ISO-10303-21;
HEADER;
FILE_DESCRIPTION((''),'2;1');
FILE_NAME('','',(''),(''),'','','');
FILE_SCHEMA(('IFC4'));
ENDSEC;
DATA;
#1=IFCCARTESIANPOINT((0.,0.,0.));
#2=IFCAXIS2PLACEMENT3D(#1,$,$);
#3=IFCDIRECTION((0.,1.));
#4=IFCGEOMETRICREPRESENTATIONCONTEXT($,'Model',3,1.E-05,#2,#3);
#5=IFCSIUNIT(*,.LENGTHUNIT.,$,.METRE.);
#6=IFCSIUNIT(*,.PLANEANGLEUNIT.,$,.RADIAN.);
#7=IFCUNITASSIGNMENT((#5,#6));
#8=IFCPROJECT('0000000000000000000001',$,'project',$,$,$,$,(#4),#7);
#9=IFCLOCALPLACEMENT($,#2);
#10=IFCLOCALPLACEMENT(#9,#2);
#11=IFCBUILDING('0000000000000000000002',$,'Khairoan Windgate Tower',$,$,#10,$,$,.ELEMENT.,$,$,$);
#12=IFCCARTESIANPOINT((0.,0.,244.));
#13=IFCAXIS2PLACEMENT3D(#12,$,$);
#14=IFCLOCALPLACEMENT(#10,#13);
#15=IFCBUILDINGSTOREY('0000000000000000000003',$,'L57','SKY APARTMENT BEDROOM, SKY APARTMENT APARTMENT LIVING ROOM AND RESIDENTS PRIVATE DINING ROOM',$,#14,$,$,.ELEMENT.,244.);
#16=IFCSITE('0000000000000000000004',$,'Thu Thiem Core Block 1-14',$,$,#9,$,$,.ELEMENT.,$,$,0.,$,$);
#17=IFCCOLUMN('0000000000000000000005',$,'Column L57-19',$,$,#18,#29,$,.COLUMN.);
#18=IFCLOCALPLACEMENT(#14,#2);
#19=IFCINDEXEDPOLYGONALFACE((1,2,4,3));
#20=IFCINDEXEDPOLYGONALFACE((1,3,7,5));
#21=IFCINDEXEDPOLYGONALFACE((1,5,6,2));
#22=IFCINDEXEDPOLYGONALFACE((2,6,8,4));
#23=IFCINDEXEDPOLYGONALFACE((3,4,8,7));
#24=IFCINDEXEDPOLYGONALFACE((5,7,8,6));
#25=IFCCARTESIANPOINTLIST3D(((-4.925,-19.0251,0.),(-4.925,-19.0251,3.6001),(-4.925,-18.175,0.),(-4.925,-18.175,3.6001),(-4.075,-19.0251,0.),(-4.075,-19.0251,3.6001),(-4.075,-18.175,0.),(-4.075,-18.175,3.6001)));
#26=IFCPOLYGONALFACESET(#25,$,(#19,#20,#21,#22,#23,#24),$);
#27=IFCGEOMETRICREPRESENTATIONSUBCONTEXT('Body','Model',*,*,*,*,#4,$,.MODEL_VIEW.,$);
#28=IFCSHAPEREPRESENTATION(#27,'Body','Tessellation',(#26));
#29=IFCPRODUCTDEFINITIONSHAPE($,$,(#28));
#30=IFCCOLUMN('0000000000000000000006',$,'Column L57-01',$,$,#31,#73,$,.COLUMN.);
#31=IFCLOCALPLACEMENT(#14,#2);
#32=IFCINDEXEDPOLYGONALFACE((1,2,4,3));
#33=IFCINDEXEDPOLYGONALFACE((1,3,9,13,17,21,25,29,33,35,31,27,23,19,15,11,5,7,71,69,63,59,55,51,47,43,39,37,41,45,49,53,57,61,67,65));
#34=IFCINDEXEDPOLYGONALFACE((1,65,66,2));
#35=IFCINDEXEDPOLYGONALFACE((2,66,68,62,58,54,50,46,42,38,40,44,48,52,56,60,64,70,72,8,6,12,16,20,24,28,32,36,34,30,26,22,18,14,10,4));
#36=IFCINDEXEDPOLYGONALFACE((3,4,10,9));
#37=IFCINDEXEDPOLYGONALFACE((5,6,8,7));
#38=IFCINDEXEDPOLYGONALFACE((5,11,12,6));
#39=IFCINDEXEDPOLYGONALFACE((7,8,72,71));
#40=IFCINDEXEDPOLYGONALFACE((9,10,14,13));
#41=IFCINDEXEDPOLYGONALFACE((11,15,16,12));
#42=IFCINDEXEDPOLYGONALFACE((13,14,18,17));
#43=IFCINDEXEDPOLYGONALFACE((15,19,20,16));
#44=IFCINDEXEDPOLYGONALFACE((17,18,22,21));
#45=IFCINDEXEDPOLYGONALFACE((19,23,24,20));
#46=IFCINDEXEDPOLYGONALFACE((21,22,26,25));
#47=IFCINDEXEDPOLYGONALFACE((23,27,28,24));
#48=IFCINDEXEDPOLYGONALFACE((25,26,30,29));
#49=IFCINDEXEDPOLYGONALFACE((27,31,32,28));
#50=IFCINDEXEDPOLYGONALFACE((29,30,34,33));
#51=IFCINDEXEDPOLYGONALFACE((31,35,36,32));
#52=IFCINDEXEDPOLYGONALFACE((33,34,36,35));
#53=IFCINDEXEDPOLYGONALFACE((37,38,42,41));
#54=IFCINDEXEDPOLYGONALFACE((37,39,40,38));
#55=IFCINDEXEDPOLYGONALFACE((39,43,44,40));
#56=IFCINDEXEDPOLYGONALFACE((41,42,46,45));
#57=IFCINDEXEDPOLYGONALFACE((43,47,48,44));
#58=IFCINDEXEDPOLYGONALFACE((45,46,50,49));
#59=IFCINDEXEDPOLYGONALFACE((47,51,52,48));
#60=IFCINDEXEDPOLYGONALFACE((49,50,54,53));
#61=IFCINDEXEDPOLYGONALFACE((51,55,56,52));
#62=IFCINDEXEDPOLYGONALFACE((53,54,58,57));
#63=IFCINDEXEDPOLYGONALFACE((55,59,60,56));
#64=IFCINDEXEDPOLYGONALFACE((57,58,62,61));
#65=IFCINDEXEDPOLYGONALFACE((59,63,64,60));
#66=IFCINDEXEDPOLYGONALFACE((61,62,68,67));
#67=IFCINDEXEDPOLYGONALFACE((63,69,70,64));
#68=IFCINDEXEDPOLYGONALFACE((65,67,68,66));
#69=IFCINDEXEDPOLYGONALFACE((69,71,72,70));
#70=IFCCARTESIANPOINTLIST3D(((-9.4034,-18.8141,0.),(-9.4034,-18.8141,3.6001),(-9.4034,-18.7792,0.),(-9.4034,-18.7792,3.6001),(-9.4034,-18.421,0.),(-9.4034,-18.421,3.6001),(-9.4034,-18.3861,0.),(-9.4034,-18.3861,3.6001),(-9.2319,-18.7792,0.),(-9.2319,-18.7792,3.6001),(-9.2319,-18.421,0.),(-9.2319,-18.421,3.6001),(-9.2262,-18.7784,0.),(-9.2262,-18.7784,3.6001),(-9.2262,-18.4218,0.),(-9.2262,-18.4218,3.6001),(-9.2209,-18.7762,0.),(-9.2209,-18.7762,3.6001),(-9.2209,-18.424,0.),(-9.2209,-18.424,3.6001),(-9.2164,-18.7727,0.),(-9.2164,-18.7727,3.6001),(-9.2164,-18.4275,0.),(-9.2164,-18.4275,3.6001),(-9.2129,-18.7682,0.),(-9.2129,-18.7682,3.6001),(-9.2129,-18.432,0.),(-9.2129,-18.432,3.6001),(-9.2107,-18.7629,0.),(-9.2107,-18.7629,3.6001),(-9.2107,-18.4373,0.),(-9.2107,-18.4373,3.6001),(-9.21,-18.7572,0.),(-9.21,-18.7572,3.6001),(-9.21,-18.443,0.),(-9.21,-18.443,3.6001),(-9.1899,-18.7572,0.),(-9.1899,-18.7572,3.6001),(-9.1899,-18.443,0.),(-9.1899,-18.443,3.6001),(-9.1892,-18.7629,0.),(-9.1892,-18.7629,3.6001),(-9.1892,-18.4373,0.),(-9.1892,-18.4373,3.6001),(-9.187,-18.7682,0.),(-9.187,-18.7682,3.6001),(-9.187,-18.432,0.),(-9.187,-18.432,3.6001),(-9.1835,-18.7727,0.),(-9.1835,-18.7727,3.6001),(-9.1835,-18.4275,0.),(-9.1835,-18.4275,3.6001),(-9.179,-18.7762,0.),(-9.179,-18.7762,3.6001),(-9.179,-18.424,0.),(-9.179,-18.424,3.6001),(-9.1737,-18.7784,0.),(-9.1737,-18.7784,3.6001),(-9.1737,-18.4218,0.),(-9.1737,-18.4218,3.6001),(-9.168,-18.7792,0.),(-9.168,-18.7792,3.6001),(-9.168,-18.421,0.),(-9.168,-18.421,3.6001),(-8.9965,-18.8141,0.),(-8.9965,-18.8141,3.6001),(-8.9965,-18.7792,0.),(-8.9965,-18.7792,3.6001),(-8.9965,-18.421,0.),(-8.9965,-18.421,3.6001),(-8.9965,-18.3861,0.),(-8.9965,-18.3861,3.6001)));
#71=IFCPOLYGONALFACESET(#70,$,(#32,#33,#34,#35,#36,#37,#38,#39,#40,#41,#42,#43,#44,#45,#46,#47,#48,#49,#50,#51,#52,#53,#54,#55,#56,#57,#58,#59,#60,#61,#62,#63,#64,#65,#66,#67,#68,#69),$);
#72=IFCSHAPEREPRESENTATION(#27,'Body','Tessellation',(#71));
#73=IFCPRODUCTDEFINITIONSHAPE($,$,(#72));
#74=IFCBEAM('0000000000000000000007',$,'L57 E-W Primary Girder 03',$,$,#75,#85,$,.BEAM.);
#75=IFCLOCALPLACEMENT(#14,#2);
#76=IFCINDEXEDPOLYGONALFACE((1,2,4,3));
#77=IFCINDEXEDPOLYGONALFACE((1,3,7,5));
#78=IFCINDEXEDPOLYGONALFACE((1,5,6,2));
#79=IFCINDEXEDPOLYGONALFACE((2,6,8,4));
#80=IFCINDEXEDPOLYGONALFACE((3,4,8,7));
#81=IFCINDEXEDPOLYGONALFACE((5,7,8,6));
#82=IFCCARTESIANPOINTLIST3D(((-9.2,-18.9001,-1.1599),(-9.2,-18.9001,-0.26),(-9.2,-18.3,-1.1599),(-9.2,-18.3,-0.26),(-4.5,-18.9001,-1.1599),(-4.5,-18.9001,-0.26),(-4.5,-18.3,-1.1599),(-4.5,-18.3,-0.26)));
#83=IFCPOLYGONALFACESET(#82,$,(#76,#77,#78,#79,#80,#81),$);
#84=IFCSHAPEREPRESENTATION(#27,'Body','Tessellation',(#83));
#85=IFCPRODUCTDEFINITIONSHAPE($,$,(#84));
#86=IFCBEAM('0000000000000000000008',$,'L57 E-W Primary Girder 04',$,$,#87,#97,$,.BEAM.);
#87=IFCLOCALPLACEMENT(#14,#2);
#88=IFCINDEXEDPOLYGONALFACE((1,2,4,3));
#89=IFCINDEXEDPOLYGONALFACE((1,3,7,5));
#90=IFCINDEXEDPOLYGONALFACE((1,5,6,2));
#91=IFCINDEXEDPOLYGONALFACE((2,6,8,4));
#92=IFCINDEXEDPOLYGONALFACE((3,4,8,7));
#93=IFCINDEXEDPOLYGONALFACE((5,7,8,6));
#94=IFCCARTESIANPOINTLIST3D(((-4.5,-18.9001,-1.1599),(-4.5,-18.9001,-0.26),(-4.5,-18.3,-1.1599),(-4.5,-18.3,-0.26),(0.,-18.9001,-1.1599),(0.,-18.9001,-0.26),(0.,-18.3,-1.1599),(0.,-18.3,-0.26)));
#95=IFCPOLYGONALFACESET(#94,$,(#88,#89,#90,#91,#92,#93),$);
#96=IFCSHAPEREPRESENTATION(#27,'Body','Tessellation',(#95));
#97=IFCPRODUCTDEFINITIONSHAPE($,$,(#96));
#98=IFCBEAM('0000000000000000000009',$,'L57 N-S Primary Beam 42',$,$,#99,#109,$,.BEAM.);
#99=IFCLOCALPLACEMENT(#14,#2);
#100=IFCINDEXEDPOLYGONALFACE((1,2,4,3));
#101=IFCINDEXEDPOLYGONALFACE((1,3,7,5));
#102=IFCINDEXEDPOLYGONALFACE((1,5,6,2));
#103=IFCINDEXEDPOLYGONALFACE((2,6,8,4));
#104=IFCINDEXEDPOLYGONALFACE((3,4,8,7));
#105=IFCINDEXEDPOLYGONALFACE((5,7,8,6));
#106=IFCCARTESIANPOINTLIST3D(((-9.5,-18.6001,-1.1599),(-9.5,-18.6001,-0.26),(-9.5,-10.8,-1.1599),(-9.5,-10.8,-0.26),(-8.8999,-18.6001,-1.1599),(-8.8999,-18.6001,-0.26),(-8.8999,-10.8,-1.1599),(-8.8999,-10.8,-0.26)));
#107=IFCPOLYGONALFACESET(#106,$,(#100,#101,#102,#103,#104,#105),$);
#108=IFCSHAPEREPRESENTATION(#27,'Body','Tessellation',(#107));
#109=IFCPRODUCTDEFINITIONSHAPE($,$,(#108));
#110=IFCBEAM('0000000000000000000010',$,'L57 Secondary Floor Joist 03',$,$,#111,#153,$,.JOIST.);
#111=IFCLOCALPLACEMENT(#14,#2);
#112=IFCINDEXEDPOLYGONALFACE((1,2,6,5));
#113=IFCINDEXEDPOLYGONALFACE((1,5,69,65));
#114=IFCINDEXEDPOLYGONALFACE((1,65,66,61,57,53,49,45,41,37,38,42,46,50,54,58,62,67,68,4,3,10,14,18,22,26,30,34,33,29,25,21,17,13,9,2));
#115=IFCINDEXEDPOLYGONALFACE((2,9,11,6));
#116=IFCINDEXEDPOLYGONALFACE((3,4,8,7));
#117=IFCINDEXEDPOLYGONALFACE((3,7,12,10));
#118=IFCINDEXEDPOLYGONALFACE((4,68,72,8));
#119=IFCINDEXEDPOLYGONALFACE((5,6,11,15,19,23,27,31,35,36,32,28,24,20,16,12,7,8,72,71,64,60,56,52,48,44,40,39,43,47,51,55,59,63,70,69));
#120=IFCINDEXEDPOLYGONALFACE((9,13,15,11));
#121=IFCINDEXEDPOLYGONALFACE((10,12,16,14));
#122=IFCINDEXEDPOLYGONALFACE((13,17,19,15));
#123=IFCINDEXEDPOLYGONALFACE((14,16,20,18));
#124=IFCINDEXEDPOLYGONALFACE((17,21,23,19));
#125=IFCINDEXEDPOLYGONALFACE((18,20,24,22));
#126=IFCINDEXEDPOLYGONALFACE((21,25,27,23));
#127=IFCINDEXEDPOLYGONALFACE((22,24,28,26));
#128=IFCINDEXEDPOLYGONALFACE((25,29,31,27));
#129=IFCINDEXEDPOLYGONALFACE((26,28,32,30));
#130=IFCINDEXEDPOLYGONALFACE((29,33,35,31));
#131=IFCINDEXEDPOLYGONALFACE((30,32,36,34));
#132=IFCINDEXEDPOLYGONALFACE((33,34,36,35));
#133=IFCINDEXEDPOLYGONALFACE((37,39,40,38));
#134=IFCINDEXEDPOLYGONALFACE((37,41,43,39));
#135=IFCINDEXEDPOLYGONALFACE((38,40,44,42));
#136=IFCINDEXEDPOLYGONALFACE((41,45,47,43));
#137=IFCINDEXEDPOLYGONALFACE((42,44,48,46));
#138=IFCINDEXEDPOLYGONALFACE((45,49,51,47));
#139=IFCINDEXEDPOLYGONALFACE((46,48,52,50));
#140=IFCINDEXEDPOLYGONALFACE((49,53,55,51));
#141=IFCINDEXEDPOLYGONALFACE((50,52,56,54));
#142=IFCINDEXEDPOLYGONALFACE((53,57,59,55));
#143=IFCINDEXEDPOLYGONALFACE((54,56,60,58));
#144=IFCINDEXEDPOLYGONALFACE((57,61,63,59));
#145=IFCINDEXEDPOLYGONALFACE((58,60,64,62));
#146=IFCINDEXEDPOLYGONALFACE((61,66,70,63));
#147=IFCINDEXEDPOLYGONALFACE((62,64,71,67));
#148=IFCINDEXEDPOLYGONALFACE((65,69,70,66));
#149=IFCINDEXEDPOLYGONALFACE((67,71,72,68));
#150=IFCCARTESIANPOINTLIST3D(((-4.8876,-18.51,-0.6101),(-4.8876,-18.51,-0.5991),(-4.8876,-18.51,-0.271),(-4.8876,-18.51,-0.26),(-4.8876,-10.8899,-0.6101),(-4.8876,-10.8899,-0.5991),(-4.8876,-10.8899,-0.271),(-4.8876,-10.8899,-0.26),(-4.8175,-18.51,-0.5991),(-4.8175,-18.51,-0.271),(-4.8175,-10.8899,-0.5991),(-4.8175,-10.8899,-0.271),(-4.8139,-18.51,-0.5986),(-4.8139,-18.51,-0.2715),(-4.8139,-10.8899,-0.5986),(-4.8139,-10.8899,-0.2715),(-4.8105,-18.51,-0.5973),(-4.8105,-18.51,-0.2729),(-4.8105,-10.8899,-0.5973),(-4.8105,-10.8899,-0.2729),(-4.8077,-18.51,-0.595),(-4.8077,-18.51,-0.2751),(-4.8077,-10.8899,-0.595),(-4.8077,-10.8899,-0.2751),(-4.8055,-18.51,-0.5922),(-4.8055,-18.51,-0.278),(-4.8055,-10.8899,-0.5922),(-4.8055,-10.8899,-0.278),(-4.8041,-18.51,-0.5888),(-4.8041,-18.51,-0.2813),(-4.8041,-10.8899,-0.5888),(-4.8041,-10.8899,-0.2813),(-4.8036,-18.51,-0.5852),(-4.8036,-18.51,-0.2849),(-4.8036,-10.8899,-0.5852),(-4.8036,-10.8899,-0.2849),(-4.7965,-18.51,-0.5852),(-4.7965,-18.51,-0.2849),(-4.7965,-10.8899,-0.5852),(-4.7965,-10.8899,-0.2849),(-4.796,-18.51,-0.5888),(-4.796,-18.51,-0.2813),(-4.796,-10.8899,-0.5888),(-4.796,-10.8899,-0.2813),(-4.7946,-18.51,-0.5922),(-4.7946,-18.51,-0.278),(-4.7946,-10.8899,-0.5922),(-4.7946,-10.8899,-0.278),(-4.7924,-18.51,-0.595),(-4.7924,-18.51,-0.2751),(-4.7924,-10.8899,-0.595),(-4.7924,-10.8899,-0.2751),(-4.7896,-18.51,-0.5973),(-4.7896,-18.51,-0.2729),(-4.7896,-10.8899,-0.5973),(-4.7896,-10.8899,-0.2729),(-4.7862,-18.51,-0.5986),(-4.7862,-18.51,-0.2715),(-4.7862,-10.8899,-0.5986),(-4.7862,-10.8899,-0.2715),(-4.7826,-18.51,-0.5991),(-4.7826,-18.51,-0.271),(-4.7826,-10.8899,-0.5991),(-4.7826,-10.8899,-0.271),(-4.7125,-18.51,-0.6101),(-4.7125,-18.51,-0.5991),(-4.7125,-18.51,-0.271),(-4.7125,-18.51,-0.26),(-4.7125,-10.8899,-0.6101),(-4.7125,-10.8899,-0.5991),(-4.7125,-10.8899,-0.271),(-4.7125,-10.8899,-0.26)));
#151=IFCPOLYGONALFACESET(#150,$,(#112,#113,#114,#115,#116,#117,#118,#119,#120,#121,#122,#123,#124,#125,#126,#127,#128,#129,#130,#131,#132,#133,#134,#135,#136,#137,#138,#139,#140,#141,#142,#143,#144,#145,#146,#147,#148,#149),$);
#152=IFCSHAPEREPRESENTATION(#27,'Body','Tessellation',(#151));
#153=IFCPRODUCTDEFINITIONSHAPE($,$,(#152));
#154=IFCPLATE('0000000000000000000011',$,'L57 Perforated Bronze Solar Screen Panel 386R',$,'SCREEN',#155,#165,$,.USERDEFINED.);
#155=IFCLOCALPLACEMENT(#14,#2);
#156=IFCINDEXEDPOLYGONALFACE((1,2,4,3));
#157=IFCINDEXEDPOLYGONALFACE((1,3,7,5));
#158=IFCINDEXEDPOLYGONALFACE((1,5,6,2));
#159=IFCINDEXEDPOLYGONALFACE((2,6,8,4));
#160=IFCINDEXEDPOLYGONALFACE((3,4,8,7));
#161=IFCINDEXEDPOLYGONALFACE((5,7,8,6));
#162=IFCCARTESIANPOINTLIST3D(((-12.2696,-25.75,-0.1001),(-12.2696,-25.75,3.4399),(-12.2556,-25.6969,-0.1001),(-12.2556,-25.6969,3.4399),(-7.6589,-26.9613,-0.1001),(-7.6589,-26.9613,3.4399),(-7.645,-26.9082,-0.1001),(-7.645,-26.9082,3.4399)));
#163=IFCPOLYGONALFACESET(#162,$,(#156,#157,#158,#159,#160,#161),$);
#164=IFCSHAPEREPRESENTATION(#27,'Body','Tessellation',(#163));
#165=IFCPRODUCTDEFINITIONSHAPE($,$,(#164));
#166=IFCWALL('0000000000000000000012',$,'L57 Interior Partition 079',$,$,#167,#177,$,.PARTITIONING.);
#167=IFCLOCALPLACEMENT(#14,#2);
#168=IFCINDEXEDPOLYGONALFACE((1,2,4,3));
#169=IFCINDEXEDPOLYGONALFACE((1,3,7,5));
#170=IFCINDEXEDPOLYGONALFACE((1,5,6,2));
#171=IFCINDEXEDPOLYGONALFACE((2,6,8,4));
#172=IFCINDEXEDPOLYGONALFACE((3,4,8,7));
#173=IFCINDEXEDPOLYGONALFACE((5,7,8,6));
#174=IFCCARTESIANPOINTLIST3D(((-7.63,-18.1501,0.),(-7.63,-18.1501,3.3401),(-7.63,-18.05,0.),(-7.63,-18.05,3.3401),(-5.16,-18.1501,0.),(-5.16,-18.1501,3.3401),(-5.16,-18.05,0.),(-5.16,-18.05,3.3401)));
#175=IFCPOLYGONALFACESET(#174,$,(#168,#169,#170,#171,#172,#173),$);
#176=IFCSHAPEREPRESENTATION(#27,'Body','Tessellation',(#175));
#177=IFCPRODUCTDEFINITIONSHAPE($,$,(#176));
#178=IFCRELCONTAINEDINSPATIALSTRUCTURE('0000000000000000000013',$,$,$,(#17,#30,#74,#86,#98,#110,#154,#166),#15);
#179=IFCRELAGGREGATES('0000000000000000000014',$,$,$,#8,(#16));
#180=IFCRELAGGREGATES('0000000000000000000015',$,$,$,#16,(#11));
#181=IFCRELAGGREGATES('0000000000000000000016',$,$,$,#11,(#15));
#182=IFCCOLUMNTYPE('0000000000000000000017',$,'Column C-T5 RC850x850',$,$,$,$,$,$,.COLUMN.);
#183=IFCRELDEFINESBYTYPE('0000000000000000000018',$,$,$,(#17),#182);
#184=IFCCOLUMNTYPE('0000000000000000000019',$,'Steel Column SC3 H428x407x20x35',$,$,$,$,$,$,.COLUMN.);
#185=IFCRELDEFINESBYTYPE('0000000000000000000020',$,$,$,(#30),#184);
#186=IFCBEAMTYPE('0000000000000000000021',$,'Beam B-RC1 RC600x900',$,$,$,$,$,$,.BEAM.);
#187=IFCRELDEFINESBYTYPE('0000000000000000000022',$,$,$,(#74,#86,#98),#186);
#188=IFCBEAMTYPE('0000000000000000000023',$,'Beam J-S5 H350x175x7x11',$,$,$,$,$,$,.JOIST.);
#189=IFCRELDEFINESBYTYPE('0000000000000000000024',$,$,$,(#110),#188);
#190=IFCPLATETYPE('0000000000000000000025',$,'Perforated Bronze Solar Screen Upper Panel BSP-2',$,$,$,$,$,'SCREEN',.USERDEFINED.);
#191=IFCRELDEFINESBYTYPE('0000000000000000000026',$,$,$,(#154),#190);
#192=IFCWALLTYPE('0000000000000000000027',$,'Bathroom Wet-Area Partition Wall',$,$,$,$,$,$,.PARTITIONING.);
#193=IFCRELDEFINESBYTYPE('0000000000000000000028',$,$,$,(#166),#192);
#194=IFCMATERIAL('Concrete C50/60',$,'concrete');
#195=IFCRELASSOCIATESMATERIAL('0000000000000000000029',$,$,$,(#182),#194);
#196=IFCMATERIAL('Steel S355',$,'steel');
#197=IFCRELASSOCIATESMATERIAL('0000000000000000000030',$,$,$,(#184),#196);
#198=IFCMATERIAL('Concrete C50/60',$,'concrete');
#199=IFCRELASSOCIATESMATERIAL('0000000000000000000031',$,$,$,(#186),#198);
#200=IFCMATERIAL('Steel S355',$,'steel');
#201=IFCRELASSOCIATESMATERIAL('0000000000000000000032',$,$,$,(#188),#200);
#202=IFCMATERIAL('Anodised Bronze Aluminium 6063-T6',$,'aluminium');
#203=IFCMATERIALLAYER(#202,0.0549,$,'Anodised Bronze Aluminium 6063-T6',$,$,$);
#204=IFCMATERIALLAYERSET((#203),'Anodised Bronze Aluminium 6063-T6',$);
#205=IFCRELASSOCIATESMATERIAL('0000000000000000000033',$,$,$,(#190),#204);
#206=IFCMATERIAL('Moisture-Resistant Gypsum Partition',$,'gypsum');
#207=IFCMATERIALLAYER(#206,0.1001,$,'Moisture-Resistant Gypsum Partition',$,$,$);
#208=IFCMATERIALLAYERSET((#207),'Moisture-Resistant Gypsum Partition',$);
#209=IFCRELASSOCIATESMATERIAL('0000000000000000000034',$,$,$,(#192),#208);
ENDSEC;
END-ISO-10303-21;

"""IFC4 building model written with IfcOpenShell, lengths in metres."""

from ifc_helpers import new_model, si_unit, direction, frame, frame_2d, origin, origin_2d, place, context, subcontext, project, spatial, rectangle, i_section, extrude, material, layer, layer_set, material_profile, profile_set, type_object, element, save


model = new_model("IFC4")

# Units and contexts
model_context = context("Model", 3, precision=1e-05, world=origin(), true_north=direction((0.0, 1.0)))
body_context = subcontext(model_context, "Body", "Model", "MODEL_VIEW")
ifc_project = project(units=[si_unit("LENGTHUNIT", "METRE"), si_unit("PLANEANGLEUNIT", "RADIAN")], contexts=[model_context])

# Site, building, storey
site_placement = place(None, origin())
site = spatial("IfcSite", under=ifc_project, at=site_placement, Name="Thu Thiem Core Block 1-14", CompositionType="ELEMENT", RefElevation=0.0)
building_placement = place(site_placement, origin())
building = spatial("IfcBuilding", under=site, at=building_placement, Name="Khairoan Windgate Tower", CompositionType="ELEMENT")
storey_placement = place(building_placement, frame((0.0, 0.0, 244.0)))
storey = spatial("IfcBuildingStorey", under=building, at=storey_placement, Name="L57", Description="SKY APARTMENT BEDROOM, SKY APARTMENT APARTMENT LIVING ROOM AND RESIDENTS PRIVATE DINING ROOM", CompositionType="ELEMENT", Elevation=244.0)

# Columns
ifc_material_1 = material(Name="Concrete C50/60", Category="concrete")
ifc_material_profile_1 = material_profile(ifc_material_1, rectangle(XDim=0.8501, YDim=0.8501, at=origin_2d()))
ifc_profile_set_1 = profile_set([ifc_material_profile_1], Name="Concrete C50/60")
column_type_1 = type_object("IfcColumnType", Name="Column C-T5 RC850x850", PredefinedType="COLUMN", material=ifc_profile_set_1)
column_1_placement = place(storey_placement, frame((-4.5, -18.6001, 0.0), z_axis=(0.0, 0.0, 1.0), x_axis=(1.0, 0.0, 0.0)))
element("IfcColumn", 1, at=column_1_placement, inside=storey, type_object=column_type_1, Name="Column L57-19", PredefinedType="COLUMN", context=body_context, shape_type="SweptSolid", body=[
    extrude(rectangle(XDim=0.8501, YDim=0.8501, at=origin_2d()), origin(), (0.0, 0.0, 1.0), 3.6001),
])
ifc_material_2 = material(Name="Steel S355", Category="steel")
ifc_material_profile_2 = material_profile(ifc_material_2, i_section(OverallWidth=0.407, OverallDepth=0.428, WebThickness=0.02, FlangeThickness=0.0349, FilletRadius=0.022, at=origin_2d()))
ifc_profile_set_2 = profile_set([ifc_material_profile_2], Name="Steel S355")
column_type_2 = type_object("IfcColumnType", Name="Steel Column SC3 H428x407x20x35", PredefinedType="COLUMN", material=ifc_profile_set_2)
column_2_placement = place(storey_placement, frame((-9.2, -18.6001, 0.0), z_axis=(0.0, 0.0, 1.0), x_axis=(1.0, 0.0, 0.0)))
element("IfcColumn", 2, at=column_2_placement, inside=storey, type_object=column_type_2, Name="Column L57-01", PredefinedType="COLUMN", context=body_context, shape_type="SweptSolid", body=[
    extrude(i_section(OverallWidth=0.407, OverallDepth=0.428, WebThickness=0.02, FlangeThickness=0.0349, FilletRadius=0.022, at=origin_2d()), origin(), (0.0, 0.0, 1.0), 3.6001),
])

# Beams
ifc_material_3 = material(Name="Concrete C50/60", Category="concrete")
ifc_material_profile_3 = material_profile(ifc_material_3, rectangle(XDim=0.6001, YDim=0.8999, at=origin_2d()))
ifc_profile_set_3 = profile_set([ifc_material_profile_3], Name="Concrete C50/60")
beam_type_1 = type_object("IfcBeamType", Name="Beam B-RC1 RC600x900", PredefinedType="BEAM", material=ifc_profile_set_3)
beam_1_placement = place(storey_placement, frame((-9.2, -18.6001, -0.71), z_axis=(1.0, 0.0, 0.0), x_axis=(0.0, 1.0, 0.0)))
element("IfcBeam", 3, at=beam_1_placement, inside=storey, type_object=beam_type_1, Name="L57 E-W Primary Girder 03", PredefinedType="BEAM", context=body_context, shape_type="SweptSolid", body=[
    extrude(rectangle(XDim=0.6001, YDim=0.8999, at=origin_2d()), origin(), (0.0, 0.0, 1.0), 4.7),
])
beam_2_placement = place(storey_placement, frame((-4.5, -18.6001, -0.71), z_axis=(1.0, 0.0, 0.0), x_axis=(0.0, 1.0, 0.0)))
element("IfcBeam", 4, at=beam_2_placement, inside=storey, type_object=beam_type_1, Name="L57 E-W Primary Girder 04", PredefinedType="BEAM", context=body_context, shape_type="SweptSolid", body=[
    extrude(rectangle(XDim=0.6001, YDim=0.8999, at=origin_2d()), origin(), (0.0, 0.0, 1.0), 4.5),
])
beam_3_placement = place(storey_placement, frame((-9.2, -18.6001, -0.71), z_axis=(0.0, 1.0, 0.0), x_axis=(-1.0, 0.0, 0.0)))
element("IfcBeam", 5, at=beam_3_placement, inside=storey, type_object=beam_type_1, Name="L57 N-S Primary Beam 42", PredefinedType="BEAM", context=body_context, shape_type="SweptSolid", body=[
    extrude(rectangle(XDim=0.6001, YDim=0.8999, at=origin_2d()), origin(), (0.0, 0.0, 1.0), 7.8),
])
ifc_material_4 = material(Name="Steel S355", Category="steel")
ifc_material_profile_4 = material_profile(ifc_material_4, i_section(OverallWidth=0.175, OverallDepth=0.3501, WebThickness=0.0071, FlangeThickness=0.011, FilletRadius=0.0139, at=origin_2d()))
ifc_profile_set_4 = profile_set([ifc_material_profile_4], Name="Steel S355")
beam_type_2 = type_object("IfcBeamType", Name="Beam J-S5 H350x175x7x11", PredefinedType="JOIST", material=ifc_profile_set_4)
beam_4_placement = place(storey_placement, frame((-4.8, -18.51, -0.4351), z_axis=(0.0, 1.0, 0.0), x_axis=(-1.0, 0.0, 0.0)))
element("IfcBeam", 6, at=beam_4_placement, inside=storey, type_object=beam_type_2, Name="L57 Secondary Floor Joist 03", PredefinedType="JOIST", context=body_context, shape_type="SweptSolid", body=[
    extrude(i_section(OverallWidth=0.175, OverallDepth=0.3501, WebThickness=0.0071, FlangeThickness=0.011, FilletRadius=0.0139, at=origin_2d()), origin(), (0.0, 0.0, 1.0), 7.6201),
])

# Plate
ifc_material_5 = material(Name="Anodised Bronze Aluminium 6063-T6", Category="aluminium")
ifc_layer_1 = layer(ifc_material_5, 0.0549, Name="Anodised Bronze Aluminium 6063-T6")
ifc_layer_set_1 = layer_set([ifc_layer_1], Name="Anodised Bronze Aluminium 6063-T6")
plate_type = type_object("IfcPlateType", Name="Perforated Bronze Solar Screen Upper Panel BSP-2", ElementType="SCREEN", PredefinedType="USERDEFINED", material=ifc_layer_set_1)
plate_placement = place(storey_placement, frame((-9.9573, -26.3291, -0.1001), z_axis=(0.0, 0.0, 1.0), x_axis=(-0.967179, 0.254096, 0.0)))
element("IfcPlate", 7, at=plate_placement, inside=storey, type_object=plate_type, Name="L57 Perforated Bronze Solar Screen Panel 386R", ObjectType="SCREEN", PredefinedType="USERDEFINED", context=body_context, shape_type="SweptSolid", body=[
    extrude(rectangle(XDim=4.7671, YDim=0.0549, at=origin_2d()), origin(), (0.0, 0.0, 1.0), 3.54),
])

# Wall
ifc_material_6 = material(Name="Moisture-Resistant Gypsum Partition", Category="gypsum")
ifc_layer_2 = layer(ifc_material_6, 0.1001, Name="Moisture-Resistant Gypsum Partition")
ifc_layer_set_2 = layer_set([ifc_layer_2], Name="Moisture-Resistant Gypsum Partition")
wall_type_1 = type_object("IfcWallType", Name="Bathroom Wet-Area Partition Wall", PredefinedType="PARTITIONING", material=ifc_layer_set_2)
wall_1_placement = place(storey_placement, frame((-7.6299, -18.1001, 0.0), z_axis=(0.0, 0.0, 1.0), x_axis=(1.0, 0.0, 0.0)))
element("IfcWall", 8, at=wall_1_placement, inside=storey, type_object=wall_type_1, Name="L57 Interior Partition 079", PredefinedType="PARTITIONING", context=body_context, shape_type="SweptSolid", body=[
    extrude(rectangle(XDim=2.47, YDim=0.1001, at=frame_2d((1.2349, 0.0))), origin(), (0.0, 0.0, 1.0), 3.3401),
])

save(model, "model.ifc")
